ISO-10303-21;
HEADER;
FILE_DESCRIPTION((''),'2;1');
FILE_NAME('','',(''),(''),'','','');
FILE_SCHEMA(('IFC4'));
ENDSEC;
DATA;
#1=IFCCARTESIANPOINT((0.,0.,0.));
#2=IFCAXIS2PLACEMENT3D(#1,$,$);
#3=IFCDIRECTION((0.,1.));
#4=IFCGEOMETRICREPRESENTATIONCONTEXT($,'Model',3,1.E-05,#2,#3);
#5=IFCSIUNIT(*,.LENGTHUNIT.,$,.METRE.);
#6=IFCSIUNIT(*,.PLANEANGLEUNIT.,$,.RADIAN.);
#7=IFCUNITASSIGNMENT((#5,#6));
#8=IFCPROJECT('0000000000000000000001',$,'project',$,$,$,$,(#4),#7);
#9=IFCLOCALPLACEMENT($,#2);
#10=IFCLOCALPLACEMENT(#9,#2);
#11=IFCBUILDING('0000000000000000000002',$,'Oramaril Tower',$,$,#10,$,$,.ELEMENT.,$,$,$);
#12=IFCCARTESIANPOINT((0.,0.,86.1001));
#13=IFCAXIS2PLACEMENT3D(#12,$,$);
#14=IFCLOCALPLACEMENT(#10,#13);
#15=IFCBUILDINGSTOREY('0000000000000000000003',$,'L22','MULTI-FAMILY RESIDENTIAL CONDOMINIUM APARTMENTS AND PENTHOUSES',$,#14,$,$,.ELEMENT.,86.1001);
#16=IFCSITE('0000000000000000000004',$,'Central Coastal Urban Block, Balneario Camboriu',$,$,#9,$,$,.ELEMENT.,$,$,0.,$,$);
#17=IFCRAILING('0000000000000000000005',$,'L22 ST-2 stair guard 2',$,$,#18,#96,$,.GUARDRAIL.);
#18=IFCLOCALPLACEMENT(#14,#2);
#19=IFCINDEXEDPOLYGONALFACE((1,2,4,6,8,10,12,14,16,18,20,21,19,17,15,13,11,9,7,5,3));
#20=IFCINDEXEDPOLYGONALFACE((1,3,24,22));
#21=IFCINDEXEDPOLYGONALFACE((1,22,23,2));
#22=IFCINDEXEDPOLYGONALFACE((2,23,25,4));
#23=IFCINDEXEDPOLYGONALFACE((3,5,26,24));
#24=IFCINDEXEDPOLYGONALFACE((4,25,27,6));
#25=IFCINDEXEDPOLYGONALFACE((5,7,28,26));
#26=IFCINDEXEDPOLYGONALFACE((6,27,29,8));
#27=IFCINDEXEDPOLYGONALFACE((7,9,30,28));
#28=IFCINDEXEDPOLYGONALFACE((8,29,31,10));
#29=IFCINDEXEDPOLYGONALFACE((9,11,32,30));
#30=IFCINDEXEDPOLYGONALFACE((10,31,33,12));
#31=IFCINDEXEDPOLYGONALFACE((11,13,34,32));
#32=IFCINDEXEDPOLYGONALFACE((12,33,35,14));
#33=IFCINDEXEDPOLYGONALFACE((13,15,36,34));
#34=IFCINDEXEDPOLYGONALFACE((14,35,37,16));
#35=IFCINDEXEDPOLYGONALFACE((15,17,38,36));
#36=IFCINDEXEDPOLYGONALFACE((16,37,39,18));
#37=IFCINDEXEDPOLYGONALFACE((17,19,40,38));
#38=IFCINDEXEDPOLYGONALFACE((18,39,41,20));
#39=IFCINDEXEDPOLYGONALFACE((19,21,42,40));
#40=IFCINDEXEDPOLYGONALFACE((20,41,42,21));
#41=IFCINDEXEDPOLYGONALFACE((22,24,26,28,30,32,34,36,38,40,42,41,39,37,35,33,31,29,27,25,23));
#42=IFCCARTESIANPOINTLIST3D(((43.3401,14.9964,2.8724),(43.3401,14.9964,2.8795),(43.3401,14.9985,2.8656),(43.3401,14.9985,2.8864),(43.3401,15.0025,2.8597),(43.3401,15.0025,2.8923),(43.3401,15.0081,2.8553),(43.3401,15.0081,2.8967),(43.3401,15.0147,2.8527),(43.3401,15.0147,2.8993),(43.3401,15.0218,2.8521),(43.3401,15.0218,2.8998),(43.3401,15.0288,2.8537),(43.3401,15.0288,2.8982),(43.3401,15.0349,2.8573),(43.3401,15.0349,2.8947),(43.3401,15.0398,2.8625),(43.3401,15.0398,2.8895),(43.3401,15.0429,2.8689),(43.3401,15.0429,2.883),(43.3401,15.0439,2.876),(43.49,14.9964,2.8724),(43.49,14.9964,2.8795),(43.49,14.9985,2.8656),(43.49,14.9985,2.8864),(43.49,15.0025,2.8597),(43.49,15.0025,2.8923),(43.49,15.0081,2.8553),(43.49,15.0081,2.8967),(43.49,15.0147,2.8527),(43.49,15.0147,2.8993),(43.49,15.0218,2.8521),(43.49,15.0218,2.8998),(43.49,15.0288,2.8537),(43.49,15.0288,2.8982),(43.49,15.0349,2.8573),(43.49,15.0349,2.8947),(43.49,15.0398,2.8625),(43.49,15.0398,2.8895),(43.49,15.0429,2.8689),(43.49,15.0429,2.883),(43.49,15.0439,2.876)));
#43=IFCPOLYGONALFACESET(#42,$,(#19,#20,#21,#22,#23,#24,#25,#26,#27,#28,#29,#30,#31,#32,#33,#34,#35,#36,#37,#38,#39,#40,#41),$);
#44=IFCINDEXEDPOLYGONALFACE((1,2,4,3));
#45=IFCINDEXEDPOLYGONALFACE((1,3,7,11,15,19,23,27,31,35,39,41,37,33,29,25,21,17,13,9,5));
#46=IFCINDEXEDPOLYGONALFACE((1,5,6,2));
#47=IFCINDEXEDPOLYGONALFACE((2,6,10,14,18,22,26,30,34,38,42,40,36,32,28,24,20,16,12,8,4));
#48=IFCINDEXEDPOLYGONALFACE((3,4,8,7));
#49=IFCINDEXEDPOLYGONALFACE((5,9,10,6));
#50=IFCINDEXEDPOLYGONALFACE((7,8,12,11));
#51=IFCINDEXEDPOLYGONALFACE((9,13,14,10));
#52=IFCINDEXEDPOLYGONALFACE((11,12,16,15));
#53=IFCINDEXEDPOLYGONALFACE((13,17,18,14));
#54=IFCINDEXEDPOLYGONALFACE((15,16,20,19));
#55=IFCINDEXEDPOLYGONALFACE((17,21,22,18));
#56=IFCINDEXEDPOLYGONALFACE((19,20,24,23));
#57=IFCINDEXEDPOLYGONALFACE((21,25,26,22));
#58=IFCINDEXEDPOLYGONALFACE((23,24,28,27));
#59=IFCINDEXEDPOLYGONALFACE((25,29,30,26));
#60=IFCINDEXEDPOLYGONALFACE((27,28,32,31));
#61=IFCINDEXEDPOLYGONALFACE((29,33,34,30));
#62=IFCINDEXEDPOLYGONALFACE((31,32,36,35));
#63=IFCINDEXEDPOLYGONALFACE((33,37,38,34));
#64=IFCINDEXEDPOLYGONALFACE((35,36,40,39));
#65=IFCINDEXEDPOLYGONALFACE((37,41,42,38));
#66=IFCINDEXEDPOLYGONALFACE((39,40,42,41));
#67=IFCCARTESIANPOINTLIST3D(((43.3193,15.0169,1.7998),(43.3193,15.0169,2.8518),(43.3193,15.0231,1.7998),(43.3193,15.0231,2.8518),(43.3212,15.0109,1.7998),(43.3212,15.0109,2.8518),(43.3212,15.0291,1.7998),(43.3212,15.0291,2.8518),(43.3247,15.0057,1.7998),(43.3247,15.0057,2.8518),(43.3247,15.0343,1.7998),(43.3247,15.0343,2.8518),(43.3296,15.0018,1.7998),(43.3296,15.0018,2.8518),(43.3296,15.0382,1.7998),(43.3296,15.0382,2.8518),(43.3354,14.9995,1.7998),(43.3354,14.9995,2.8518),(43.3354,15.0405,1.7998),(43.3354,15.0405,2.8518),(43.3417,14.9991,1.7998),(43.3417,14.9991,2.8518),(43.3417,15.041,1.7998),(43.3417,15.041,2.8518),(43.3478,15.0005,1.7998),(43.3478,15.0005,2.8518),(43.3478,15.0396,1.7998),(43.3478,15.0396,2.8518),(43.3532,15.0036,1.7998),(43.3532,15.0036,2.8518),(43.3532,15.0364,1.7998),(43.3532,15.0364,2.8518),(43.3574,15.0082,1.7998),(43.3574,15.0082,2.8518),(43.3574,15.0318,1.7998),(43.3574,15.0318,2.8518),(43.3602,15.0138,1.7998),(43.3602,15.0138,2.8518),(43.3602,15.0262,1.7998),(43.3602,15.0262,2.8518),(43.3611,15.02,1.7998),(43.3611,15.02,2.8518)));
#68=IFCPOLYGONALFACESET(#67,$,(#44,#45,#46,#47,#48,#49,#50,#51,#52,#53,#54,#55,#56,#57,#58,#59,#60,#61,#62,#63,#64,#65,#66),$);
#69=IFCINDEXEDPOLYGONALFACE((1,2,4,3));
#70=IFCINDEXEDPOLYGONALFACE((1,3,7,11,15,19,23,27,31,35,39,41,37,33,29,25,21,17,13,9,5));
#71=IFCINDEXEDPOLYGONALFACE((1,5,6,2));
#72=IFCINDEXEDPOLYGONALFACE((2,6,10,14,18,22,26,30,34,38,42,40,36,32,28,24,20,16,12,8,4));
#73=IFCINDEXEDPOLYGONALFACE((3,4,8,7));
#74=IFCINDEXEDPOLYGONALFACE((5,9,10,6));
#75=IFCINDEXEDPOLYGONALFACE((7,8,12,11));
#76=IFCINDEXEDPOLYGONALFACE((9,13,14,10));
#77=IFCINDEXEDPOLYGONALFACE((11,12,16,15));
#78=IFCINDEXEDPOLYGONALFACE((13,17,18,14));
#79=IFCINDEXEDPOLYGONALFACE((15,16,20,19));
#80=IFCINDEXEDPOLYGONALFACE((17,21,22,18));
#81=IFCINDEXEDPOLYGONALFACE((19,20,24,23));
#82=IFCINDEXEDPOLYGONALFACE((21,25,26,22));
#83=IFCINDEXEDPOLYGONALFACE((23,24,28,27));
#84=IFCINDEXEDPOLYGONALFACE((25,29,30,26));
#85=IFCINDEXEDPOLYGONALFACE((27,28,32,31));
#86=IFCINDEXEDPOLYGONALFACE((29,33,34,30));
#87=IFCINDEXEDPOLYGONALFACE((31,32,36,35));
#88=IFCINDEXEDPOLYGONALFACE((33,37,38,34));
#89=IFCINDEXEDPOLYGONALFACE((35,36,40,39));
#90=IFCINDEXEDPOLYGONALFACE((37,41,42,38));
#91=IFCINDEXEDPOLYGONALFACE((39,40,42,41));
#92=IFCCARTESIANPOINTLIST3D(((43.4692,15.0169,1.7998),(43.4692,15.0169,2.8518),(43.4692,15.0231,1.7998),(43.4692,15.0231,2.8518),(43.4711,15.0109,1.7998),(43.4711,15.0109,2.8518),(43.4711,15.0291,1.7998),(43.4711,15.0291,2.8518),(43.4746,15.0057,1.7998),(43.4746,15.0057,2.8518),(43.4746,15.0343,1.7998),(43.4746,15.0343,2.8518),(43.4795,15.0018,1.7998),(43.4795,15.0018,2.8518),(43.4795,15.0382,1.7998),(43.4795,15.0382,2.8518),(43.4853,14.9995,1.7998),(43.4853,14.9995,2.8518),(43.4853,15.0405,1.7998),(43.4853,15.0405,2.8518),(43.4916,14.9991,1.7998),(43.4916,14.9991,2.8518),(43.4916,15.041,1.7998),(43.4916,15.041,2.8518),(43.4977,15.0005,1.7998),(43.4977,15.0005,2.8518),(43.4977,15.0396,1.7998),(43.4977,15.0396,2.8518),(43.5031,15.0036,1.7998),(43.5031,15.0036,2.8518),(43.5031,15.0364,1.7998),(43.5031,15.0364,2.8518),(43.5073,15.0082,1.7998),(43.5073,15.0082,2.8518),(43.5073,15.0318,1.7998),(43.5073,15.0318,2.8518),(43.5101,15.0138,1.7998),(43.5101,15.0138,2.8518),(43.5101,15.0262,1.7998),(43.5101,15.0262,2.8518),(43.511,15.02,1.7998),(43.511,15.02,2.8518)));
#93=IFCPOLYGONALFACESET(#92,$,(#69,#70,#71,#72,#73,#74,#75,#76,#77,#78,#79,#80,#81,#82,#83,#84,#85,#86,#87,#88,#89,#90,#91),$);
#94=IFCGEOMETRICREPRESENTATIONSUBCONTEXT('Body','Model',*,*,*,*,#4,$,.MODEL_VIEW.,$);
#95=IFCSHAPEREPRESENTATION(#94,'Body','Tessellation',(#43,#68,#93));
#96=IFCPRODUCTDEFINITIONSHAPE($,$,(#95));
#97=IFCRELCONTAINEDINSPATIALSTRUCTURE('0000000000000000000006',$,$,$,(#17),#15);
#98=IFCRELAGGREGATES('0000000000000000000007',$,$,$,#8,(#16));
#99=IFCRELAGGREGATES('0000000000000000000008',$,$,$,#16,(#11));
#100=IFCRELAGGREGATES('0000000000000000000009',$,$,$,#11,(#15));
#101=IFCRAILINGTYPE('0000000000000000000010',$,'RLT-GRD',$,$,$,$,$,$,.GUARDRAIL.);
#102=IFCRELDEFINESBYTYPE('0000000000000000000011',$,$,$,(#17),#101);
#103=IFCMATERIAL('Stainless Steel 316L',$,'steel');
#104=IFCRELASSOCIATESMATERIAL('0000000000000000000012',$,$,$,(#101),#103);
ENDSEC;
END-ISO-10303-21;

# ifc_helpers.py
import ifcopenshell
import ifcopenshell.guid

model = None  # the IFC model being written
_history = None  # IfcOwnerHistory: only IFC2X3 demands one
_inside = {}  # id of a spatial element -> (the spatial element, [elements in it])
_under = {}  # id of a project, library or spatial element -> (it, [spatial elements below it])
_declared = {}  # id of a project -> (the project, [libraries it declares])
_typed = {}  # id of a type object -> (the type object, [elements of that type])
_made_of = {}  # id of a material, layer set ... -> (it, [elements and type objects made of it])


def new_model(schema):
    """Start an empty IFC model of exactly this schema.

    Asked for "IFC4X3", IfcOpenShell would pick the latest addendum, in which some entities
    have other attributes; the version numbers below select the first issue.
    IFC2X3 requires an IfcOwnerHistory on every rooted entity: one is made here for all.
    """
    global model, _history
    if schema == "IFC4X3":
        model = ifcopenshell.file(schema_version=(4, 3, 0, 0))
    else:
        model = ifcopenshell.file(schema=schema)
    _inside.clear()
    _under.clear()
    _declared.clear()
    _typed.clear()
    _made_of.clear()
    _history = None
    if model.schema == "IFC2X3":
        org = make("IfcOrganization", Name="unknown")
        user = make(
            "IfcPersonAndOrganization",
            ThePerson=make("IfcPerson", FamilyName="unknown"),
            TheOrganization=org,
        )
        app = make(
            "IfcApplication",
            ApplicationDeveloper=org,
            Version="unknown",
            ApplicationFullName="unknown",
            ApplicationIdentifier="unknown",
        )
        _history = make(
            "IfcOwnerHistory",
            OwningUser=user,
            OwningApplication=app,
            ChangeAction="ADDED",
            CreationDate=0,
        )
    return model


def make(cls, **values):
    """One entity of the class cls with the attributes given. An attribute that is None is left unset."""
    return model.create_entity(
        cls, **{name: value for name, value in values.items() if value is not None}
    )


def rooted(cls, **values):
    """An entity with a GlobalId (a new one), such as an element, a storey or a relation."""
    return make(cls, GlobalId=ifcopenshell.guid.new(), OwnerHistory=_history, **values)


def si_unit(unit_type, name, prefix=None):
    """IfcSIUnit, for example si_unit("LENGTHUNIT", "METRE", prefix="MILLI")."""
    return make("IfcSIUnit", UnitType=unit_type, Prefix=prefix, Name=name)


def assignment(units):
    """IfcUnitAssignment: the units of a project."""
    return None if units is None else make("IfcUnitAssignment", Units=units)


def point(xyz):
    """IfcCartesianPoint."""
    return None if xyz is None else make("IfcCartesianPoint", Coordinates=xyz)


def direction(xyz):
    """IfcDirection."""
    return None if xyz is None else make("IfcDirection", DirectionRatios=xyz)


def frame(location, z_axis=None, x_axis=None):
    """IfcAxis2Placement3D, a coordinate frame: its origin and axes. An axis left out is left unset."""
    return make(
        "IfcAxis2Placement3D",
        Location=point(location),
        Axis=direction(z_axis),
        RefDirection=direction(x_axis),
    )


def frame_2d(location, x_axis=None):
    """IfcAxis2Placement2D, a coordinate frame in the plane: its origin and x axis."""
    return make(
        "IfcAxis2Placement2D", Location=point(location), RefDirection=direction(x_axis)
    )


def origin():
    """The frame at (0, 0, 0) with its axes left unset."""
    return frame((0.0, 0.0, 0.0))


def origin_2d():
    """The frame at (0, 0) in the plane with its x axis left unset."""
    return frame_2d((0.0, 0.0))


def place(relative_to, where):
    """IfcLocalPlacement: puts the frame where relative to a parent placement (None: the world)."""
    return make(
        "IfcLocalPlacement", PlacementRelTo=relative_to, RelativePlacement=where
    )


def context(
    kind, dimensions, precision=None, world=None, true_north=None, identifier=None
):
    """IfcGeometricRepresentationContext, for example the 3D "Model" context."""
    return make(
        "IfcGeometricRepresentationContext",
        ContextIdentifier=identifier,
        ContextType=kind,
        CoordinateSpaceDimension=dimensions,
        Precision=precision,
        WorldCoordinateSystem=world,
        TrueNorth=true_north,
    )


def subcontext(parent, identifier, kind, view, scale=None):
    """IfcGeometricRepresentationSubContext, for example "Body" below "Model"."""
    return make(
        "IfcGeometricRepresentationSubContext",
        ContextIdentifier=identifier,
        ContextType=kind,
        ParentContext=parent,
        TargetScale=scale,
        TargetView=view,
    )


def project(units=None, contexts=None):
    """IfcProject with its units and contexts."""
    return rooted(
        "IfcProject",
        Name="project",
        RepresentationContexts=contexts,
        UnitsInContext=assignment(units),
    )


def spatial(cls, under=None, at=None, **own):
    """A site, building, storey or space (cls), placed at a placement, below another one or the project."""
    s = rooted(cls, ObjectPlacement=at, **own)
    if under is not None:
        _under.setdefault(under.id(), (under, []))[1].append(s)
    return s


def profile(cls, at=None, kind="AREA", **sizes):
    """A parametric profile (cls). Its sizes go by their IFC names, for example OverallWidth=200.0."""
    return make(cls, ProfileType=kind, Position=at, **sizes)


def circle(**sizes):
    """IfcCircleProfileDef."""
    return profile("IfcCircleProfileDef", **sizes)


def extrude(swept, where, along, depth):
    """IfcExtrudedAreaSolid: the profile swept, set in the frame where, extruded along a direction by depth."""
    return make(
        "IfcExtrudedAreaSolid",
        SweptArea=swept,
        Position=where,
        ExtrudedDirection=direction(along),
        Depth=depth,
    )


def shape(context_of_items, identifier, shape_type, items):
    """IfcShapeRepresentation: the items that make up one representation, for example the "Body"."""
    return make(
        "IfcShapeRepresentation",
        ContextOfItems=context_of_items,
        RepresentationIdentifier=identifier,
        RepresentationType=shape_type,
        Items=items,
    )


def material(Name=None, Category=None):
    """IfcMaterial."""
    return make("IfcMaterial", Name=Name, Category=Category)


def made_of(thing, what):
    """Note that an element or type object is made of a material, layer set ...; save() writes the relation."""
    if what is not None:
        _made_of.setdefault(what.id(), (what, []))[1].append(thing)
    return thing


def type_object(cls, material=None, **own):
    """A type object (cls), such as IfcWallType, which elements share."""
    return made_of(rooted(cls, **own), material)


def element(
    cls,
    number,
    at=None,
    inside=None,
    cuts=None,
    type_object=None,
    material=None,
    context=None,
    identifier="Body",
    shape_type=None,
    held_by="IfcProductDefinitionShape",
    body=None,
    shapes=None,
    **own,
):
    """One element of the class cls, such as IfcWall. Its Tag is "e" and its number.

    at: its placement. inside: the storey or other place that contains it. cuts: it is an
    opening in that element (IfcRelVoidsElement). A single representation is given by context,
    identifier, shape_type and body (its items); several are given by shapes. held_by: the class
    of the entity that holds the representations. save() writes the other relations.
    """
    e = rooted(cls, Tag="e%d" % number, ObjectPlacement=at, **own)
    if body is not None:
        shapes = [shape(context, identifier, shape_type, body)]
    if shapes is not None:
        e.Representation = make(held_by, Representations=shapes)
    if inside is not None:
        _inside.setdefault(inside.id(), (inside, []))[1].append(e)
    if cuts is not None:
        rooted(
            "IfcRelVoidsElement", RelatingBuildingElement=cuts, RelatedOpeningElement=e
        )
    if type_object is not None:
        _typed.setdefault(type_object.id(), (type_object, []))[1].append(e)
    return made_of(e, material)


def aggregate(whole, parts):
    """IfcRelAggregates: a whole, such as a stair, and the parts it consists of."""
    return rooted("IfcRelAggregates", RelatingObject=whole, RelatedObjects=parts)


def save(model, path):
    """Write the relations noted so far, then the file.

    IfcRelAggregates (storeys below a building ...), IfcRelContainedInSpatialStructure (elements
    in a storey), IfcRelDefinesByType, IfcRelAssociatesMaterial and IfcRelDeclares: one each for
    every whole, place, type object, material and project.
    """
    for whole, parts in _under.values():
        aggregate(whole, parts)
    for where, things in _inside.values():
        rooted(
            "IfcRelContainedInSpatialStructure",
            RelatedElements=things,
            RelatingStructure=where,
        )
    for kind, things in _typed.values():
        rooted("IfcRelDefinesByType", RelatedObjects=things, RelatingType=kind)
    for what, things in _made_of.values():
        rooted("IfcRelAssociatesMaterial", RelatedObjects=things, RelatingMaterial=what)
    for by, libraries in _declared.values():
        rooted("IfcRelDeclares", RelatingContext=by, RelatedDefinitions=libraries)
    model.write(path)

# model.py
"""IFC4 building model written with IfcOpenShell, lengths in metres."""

from ifc_helpers import new_model, si_unit, direction, frame, origin, origin_2d, place, context, subcontext, project, spatial, circle, extrude, material, type_object, element, save


model = new_model("IFC4")

# Units and contexts
model_context = context("Model", 3, precision=1e-05, world=origin(), true_north=direction((0.0, 1.0)))
body_context = subcontext(model_context, "Body", "Model", "MODEL_VIEW")
ifc_project = project(units=[si_unit("LENGTHUNIT", "METRE"), si_unit("PLANEANGLEUNIT", "RADIAN")], contexts=[model_context])

# Site, building, storey
site_placement = place(None, origin())
site = spatial("IfcSite", under=ifc_project, at=site_placement, Name="Central Coastal Urban Block, Balneario Camboriu", CompositionType="ELEMENT", RefElevation=0.0)
building_placement = place(site_placement, origin())
building = spatial("IfcBuilding", under=site, at=building_placement, Name="Oramaril Tower", CompositionType="ELEMENT")
storey_placement = place(building_placement, frame((0.0, 0.0, 86.1001)))
storey = spatial("IfcBuildingStorey", under=building, at=storey_placement, Name="L22", Description="MULTI-FAMILY RESIDENTIAL CONDOMINIUM APARTMENTS AND PENTHOUSES", CompositionType="ELEMENT", Elevation=86.1001)

# Railing
ifc_material_1 = material(Name="Stainless Steel 316L", Category="steel")
railing_type_1 = type_object("IfcRailingType", Name="RLT-GRD", PredefinedType="GUARDRAIL", material=ifc_material_1)
railing_1_placement = place(storey_placement, frame((43.3401, 15.02, 1.7998)))
element("IfcRailing", 1, at=railing_1_placement, inside=storey, type_object=railing_type_1, Name="L22 ST-2 stair guard 2", PredefinedType="GUARDRAIL", context=body_context, shape_type="SweptSolid", body=[
    extrude(circle(Radius=0.0239, at=origin_2d()), frame((0.0, 0.0, 1.0762), z_axis=(1.0, 0.0, 0.0), x_axis=(0.0, 1.0, 0.0)), (0.0, 0.0, 1.0), 0.1499),
    extrude(circle(Radius=0.021, at=origin_2d()), origin(), (0.0, 0.0, 1.0), 1.052),
    extrude(circle(Radius=0.021, at=origin_2d()), frame((0.1499, 0.0, 0.0)), (0.0, 0.0, 1.0), 1.052),
])

save(model, "model.ifc")
